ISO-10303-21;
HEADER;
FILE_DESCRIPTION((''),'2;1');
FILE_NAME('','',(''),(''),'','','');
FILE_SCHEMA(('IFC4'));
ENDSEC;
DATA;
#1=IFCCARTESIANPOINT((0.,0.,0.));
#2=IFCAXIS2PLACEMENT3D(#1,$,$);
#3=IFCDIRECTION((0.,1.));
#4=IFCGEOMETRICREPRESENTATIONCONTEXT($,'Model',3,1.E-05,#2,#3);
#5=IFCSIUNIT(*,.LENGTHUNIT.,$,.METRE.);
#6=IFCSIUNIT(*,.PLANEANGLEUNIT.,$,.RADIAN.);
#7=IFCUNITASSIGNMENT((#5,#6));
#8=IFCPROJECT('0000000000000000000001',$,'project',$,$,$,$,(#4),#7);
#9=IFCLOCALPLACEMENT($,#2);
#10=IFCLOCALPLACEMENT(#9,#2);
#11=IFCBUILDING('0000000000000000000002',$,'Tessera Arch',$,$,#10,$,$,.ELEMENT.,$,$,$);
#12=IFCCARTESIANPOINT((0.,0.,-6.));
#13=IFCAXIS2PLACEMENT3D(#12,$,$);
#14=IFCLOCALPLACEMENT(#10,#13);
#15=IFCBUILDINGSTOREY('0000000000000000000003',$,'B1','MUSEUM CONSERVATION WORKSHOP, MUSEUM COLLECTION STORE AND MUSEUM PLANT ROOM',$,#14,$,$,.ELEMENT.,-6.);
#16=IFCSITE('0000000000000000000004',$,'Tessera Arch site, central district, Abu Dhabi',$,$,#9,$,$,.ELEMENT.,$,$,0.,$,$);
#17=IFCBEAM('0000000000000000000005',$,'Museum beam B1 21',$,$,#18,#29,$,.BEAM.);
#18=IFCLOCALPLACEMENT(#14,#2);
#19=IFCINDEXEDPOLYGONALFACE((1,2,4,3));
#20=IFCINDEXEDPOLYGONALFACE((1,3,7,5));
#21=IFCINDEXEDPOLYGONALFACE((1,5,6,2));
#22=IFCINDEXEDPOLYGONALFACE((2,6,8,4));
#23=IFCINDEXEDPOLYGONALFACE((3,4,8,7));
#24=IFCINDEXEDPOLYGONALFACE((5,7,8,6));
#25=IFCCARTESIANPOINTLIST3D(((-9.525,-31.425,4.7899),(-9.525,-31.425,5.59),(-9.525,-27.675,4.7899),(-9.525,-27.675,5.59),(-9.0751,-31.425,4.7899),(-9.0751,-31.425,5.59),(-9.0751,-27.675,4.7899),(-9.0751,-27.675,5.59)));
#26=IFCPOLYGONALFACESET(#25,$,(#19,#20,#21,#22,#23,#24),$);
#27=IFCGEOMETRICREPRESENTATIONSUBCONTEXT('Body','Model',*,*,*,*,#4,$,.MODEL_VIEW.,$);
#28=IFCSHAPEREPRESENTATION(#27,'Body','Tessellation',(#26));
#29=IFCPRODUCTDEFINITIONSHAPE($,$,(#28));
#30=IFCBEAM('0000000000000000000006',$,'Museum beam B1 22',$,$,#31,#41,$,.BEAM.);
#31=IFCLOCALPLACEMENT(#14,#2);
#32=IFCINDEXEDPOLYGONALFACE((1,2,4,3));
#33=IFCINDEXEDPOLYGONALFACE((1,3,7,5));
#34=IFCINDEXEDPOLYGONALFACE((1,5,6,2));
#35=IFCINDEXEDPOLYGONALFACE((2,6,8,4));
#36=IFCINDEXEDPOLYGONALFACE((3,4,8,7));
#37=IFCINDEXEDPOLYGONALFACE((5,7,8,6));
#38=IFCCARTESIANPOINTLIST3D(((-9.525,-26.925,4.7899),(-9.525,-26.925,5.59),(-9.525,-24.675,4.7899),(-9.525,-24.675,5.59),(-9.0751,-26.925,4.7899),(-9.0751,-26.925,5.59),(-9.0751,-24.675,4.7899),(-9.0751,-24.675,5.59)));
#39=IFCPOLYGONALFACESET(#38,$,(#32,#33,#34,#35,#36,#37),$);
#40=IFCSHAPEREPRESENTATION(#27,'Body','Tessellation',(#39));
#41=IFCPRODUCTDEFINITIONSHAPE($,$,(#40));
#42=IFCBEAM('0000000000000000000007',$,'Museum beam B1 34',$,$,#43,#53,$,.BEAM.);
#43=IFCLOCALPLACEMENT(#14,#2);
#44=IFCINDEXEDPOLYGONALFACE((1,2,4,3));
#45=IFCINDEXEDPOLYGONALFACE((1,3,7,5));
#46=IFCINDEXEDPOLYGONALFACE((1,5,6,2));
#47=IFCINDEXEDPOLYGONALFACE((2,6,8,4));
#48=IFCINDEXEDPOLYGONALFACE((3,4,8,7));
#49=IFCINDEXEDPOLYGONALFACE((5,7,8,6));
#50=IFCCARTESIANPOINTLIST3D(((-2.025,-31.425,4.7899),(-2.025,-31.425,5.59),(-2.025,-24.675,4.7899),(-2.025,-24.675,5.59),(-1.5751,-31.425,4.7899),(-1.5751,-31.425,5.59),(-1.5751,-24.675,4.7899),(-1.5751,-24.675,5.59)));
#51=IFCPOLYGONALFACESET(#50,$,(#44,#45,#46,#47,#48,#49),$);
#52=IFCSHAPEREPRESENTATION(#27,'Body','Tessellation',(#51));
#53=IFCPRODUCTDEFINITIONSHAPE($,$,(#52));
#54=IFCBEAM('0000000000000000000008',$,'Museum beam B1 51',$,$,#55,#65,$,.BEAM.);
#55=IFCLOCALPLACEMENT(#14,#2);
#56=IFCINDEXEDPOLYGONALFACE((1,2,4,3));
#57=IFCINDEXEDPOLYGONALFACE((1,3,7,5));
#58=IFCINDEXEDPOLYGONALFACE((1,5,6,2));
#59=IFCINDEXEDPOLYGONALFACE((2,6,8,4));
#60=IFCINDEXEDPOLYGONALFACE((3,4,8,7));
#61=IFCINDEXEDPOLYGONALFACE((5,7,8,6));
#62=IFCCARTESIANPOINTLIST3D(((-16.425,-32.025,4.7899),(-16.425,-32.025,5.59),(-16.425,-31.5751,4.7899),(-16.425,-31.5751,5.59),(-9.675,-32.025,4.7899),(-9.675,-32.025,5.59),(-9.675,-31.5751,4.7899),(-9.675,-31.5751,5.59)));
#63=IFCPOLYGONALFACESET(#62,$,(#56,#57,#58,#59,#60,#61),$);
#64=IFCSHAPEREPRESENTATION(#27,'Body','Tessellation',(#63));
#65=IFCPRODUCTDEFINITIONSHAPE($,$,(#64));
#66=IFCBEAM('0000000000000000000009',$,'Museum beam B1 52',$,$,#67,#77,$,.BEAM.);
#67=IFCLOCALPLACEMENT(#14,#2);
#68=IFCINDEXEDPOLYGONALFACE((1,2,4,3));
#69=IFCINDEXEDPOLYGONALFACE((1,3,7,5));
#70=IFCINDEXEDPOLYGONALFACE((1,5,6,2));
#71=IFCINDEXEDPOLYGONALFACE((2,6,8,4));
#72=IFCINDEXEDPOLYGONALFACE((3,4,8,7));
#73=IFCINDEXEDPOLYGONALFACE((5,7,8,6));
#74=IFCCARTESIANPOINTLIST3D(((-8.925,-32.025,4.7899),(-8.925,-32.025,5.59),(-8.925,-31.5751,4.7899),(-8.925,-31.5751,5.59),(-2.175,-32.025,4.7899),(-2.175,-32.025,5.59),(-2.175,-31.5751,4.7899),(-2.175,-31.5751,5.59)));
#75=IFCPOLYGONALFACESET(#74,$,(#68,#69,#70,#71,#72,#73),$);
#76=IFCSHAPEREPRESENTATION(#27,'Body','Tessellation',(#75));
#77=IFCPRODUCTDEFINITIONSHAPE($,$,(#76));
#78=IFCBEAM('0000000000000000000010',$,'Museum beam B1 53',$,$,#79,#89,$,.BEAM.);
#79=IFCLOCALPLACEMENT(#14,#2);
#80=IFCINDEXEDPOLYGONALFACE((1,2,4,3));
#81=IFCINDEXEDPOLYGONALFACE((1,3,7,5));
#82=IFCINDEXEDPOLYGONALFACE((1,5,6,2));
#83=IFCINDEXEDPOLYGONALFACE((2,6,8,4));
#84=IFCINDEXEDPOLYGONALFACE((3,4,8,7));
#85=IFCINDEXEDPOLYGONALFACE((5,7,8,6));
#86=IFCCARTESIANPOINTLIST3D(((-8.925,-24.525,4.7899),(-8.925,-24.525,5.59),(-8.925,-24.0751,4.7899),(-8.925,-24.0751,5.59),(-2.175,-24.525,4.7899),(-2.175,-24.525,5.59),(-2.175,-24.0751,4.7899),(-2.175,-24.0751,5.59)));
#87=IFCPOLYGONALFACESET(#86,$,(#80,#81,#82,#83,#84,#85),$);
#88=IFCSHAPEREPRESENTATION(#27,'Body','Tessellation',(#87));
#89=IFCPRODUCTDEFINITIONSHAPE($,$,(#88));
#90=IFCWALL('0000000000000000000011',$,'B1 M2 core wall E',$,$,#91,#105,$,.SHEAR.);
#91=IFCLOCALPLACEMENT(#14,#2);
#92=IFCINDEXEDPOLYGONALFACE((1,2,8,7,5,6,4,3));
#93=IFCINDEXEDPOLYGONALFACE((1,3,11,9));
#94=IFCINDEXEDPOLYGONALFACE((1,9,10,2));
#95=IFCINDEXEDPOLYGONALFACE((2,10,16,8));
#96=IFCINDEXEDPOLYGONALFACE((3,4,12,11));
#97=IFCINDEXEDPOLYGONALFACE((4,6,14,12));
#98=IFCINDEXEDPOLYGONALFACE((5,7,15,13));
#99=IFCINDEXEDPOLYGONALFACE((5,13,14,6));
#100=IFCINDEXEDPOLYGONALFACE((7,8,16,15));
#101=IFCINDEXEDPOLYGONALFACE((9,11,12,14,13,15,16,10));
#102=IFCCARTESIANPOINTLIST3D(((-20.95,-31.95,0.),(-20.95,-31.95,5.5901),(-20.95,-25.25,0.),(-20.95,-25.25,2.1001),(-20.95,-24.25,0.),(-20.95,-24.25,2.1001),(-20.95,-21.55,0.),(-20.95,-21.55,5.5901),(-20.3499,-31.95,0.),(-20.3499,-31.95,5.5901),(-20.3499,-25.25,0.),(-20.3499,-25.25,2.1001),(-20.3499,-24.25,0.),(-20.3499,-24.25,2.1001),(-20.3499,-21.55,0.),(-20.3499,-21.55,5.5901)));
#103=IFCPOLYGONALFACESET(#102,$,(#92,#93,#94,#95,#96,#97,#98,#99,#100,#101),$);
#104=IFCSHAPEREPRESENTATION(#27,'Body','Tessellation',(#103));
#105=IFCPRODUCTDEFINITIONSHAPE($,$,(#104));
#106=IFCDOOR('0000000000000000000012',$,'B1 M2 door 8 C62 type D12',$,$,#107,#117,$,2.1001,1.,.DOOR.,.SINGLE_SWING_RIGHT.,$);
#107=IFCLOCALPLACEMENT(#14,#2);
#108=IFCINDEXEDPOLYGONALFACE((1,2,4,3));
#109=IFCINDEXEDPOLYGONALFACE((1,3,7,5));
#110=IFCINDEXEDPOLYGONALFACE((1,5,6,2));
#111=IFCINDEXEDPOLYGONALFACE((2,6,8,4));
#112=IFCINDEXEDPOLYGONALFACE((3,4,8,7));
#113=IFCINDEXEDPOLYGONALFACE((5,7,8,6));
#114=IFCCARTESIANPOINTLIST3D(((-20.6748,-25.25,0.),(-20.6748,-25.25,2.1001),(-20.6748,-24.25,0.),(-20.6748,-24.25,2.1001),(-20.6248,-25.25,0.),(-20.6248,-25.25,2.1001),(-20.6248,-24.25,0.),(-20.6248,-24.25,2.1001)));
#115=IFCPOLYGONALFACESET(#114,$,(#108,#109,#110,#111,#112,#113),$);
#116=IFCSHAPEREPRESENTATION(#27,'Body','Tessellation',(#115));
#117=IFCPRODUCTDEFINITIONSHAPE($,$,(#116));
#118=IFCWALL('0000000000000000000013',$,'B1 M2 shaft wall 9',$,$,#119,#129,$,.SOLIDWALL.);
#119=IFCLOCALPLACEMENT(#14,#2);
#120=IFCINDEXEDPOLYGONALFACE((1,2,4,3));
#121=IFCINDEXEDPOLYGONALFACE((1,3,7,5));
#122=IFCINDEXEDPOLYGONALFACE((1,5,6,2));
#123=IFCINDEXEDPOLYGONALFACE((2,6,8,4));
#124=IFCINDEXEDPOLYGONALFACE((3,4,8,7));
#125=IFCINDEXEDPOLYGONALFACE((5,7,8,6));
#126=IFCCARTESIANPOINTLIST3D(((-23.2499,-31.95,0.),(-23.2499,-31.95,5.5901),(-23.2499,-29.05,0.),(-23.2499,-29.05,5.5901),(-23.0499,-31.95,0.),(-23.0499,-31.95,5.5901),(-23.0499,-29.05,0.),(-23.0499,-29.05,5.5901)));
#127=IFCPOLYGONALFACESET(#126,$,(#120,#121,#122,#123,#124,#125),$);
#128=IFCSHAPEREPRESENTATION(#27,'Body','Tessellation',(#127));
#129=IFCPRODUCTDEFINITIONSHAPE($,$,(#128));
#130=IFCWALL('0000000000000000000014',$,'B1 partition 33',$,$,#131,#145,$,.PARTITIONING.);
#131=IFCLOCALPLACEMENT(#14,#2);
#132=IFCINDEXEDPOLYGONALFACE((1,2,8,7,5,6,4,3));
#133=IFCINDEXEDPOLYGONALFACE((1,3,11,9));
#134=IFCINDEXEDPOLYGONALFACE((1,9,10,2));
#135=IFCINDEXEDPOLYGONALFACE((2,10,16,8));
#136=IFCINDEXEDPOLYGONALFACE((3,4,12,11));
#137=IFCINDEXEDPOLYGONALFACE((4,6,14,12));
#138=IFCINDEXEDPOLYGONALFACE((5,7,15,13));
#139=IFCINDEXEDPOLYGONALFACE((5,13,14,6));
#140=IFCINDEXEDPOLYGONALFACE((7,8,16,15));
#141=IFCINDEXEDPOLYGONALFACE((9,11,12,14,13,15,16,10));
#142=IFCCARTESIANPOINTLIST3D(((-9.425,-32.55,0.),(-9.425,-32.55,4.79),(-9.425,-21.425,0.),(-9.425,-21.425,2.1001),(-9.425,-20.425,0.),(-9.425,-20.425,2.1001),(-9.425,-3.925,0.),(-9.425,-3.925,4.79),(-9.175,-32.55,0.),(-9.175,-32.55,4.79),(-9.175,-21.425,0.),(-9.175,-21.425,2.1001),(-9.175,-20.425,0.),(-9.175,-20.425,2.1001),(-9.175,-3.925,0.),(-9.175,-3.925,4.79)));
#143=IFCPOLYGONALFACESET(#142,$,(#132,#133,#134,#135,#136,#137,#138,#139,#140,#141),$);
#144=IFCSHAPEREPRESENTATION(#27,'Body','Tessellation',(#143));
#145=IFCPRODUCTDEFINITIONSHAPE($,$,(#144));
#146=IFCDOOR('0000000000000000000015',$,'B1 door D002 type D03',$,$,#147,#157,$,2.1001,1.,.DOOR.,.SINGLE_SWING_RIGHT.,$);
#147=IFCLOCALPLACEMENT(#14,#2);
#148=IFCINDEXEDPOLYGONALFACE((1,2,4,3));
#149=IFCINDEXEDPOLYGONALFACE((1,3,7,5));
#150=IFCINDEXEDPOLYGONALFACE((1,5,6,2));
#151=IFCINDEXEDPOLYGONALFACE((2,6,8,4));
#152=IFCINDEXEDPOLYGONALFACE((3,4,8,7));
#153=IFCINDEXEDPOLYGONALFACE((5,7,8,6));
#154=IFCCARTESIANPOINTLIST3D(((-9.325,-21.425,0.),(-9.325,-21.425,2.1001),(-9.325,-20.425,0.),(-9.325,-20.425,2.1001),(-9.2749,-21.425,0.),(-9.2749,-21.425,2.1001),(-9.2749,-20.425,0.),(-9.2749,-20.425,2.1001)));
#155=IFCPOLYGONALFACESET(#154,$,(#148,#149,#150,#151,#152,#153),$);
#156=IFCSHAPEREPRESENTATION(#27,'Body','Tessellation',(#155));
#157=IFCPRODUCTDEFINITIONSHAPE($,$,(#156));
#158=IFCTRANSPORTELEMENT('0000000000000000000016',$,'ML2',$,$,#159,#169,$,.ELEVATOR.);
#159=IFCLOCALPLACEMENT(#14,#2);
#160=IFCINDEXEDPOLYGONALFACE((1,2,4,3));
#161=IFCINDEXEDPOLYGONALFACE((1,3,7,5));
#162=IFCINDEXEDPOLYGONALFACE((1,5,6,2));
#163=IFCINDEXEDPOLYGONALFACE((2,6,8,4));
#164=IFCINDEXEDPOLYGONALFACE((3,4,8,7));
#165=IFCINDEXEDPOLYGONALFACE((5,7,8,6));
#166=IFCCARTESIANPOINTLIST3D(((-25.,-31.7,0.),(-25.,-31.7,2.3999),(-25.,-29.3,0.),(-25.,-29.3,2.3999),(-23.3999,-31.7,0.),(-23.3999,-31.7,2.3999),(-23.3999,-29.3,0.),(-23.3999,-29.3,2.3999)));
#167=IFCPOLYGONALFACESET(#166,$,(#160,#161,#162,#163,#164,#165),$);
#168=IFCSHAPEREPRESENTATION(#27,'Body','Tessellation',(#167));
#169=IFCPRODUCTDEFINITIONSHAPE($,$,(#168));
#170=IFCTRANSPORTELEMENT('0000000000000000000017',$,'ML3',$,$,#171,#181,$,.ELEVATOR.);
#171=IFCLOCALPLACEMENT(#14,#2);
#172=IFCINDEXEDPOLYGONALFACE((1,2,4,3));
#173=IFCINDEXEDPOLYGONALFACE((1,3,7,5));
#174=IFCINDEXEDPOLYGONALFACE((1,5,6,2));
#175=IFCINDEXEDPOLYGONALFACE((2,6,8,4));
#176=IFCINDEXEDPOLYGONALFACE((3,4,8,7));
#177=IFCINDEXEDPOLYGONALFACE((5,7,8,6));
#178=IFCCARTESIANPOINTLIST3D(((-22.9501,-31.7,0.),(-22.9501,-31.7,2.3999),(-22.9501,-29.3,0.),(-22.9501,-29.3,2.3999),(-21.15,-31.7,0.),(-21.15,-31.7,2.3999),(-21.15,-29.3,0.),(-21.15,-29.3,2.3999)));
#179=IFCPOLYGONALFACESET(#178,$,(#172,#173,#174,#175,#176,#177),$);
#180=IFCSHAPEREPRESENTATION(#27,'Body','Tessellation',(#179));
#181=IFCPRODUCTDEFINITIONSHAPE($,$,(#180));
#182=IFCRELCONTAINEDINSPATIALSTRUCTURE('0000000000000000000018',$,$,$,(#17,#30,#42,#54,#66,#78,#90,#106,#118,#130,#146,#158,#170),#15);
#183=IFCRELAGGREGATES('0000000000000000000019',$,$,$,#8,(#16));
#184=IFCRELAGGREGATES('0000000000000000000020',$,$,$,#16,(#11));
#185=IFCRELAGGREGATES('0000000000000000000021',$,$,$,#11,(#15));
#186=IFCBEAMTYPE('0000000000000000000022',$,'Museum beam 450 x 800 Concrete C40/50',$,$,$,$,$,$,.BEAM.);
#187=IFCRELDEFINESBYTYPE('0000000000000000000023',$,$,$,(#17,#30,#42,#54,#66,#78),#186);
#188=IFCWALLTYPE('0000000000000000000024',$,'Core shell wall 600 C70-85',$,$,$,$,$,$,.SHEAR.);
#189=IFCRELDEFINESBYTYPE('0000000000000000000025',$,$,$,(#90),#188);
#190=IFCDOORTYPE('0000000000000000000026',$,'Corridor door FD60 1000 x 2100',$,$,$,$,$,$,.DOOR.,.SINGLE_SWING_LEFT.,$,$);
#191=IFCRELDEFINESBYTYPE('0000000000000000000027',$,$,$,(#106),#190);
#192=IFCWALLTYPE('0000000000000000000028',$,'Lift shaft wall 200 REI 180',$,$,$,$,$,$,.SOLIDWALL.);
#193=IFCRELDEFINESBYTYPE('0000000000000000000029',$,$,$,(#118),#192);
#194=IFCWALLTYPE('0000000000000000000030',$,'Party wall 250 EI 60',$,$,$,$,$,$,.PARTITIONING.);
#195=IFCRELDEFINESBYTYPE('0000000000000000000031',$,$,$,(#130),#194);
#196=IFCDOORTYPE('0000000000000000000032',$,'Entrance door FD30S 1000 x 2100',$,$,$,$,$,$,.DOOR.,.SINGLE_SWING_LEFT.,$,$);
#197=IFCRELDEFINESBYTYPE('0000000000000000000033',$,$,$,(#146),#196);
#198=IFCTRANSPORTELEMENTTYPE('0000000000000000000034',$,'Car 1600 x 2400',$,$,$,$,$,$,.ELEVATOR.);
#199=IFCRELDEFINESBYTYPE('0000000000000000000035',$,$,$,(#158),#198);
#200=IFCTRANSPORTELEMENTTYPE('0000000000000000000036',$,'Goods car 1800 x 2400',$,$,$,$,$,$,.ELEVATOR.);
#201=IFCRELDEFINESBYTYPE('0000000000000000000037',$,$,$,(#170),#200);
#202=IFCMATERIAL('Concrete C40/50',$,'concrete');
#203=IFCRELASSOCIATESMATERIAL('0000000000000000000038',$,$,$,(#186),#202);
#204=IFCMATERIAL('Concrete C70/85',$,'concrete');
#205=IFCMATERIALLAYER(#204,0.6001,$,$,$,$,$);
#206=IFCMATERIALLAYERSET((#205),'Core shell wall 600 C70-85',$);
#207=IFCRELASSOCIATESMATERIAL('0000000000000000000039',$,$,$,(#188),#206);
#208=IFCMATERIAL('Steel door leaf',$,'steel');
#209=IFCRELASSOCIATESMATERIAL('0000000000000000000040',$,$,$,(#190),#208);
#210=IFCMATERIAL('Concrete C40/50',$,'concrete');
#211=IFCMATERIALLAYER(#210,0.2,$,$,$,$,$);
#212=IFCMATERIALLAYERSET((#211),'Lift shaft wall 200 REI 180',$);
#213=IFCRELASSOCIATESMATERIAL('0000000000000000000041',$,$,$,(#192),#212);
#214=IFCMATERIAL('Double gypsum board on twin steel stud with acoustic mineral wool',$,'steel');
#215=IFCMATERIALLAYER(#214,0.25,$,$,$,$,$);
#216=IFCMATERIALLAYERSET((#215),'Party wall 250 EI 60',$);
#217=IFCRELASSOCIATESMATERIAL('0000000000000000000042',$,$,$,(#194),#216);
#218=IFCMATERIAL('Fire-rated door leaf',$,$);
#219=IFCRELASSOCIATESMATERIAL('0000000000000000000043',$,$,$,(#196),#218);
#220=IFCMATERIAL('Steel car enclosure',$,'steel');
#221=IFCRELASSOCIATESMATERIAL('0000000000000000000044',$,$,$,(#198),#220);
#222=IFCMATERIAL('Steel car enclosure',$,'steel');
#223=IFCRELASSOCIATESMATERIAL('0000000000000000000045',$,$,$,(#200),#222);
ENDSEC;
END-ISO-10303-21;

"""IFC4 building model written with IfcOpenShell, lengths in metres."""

from ifc_helpers import new_model, si_unit, direction, frame, frame_2d, origin, origin_2d, place, context, subcontext, project, spatial, rectangle, extrude, material, layer, layer_set, material_profile, profile_set, type_object, element, fill, save


model = new_model("IFC4")

# Units and contexts
model_context = context("Model", 3, precision=1e-05, world=origin(), true_north=direction((0.0, 1.0)))
body_context = subcontext(model_context, "Body", "Model", "MODEL_VIEW")
ifc_project = project(units=[si_unit("LENGTHUNIT", "METRE"), si_unit("PLANEANGLEUNIT", "RADIAN")], contexts=[model_context])

# Site, building, storey
site_placement = place(None, origin())
site = spatial("IfcSite", under=ifc_project, at=site_placement, Name="Tessera Arch site, central district, Abu Dhabi", CompositionType="ELEMENT", RefElevation=0.0)
building_placement = place(site_placement, origin())
building = spatial("IfcBuilding", under=site, at=building_placement, Name="Tessera Arch", CompositionType="ELEMENT")
storey_placement = place(building_placement, frame((0.0, 0.0, -6.0)))
storey = spatial("IfcBuildingStorey", under=building, at=storey_placement, Name="B1", Description="MUSEUM CONSERVATION WORKSHOP, MUSEUM COLLECTION STORE AND MUSEUM PLANT ROOM", CompositionType="ELEMENT", Elevation=-6.0)

# Beams
ifc_material_1 = material(Name="Concrete C40/50", Category="concrete")
ifc_material_profile_1 = material_profile(ifc_material_1, rectangle(XDim=0.45, YDim=0.8, at=origin_2d()), Name="Museum beam 450 x 800 Concrete C40/50")
ifc_profile_set_1 = profile_set([ifc_material_profile_1], Name="Concrete C40/50")
beam_type = type_object("IfcBeamType", Name="Museum beam 450 x 800 Concrete C40/50", PredefinedType="BEAM", material=ifc_profile_set_1)
beam_1_placement = place(storey_placement, frame((-9.3, -31.425, 5.1899), z_axis=(0.0, 1.0, 0.0), x_axis=(-1.0, 0.0, 0.0)))
element("IfcBeam", 1, at=beam_1_placement, inside=storey, type_object=beam_type, Name="Museum beam B1 21", PredefinedType="BEAM", context=body_context, shape_type="SweptSolid", body=[
    extrude(rectangle(XDim=0.45, YDim=0.8, at=origin_2d()), origin(), (0.0, 0.0, 1.0), 3.75),
])
beam_2_placement = place(storey_placement, frame((-9.3, -26.925, 5.1899), z_axis=(0.0, 1.0, 0.0), x_axis=(-1.0, 0.0, 0.0)))
element("IfcBeam", 2, at=beam_2_placement, inside=storey, type_object=beam_type, Name="Museum beam B1 22", PredefinedType="BEAM", context=body_context, shape_type="SweptSolid", body=[
    extrude(rectangle(XDim=0.45, YDim=0.8, at=origin_2d()), origin(), (0.0, 0.0, 1.0), 2.25),
])
for number, where, z_axis, x_axis, name in (
    (3, (-1.8, -31.425, 5.1899), (0.0, 1.0, 0.0), (-1.0, 0.0, 0.0), "Museum beam B1 34"),
    (4, (-16.425, -31.8, 5.1899), (1.0, 0.0, 0.0), (0.0, 1.0, 0.0), "Museum beam B1 51"),
    (5, (-8.925, -31.8, 5.1899), (1.0, 0.0, 0.0), (0.0, 1.0, 0.0), "Museum beam B1 52"),
    (6, (-8.925, -24.3, 5.1899), (1.0, 0.0, 0.0), (0.0, 1.0, 0.0), "Museum beam B1 53"),
):
    element("IfcBeam", number, at=place(storey_placement, frame(where, z_axis=z_axis, x_axis=x_axis)), inside=storey, type_object=beam_type, Name=name, PredefinedType="BEAM", context=body_context, shape_type="SweptSolid", body=[
        extrude(rectangle(XDim=0.45, YDim=0.8, at=origin_2d()), origin(), (0.0, 0.0, 1.0), 6.75),
    ])

# Wall, opening, door
ifc_material_2 = material(Name="Concrete C70/85", Category="concrete")
ifc_layer_1 = layer(ifc_material_2, 0.6001)
ifc_layer_set_1 = layer_set([ifc_layer_1], Name="Core shell wall 600 C70-85")
wall_type_1 = type_object("IfcWallType", Name="Core shell wall 600 C70-85", PredefinedType="SHEAR", material=ifc_layer_set_1)
wall_1_placement = place(storey_placement, frame((-20.6499, -31.95, 0.0), z_axis=(0.0, 0.0, 1.0), x_axis=(0.0, 1.0, 0.0)))
wall_1 = element("IfcWall", 7, at=wall_1_placement, inside=storey, type_object=wall_type_1, Name="B1 M2 core wall E", PredefinedType="SHEAR", context=body_context, shape_type="SweptSolid", body=[
    extrude(rectangle(XDim=10.3999, YDim=0.6001, at=frame_2d((5.2, 0.0))), origin(), (0.0, 0.0, 1.0), 5.5901),
])
opening_1_placement = place(wall_1_placement, frame((6.7, 0.0, 0.0)))
opening_1 = element("IfcOpeningElement", 8, at=opening_1_placement, cuts=wall_1, PredefinedType="OPENING", context=body_context, shape_type="SweptSolid", body=[
    extrude(rectangle(XDim=1.0, YDim=2.1001, at=frame_2d((0.5, 1.05))), frame((0.0, 0.3101, 0.0), z_axis=(0.0, -1.0, 0.0), x_axis=(1.0, 0.0, 0.0)), (0.0, 0.0, 1.0), 0.6201),
])
ifc_material_3 = material(Name="Steel door leaf", Category="steel")
door_type_1 = type_object("IfcDoorType", Name="Corridor door FD60 1000 x 2100", OperationType="SINGLE_SWING_LEFT", PredefinedType="DOOR", material=ifc_material_3)
door_1_placement = place(opening_1_placement, origin())
door_1 = element("IfcDoor", 9, at=door_1_placement, inside=storey, type_object=door_type_1, Name="B1 M2 door 8 C62 type D12", OperationType="SINGLE_SWING_RIGHT", OverallHeight=2.1001, OverallWidth=1.0, PredefinedType="DOOR", context=body_context, shape_type="SweptSolid", body=[
    extrude(rectangle(XDim=1.0, YDim=2.1001, at=frame_2d((0.5, 1.05))), frame((0.0, 0.0249, 0.0), z_axis=(0.0, -1.0, 0.0), x_axis=(1.0, 0.0, 0.0)), (0.0, 0.0, 1.0), 0.05),
])
fill(opening_1, door_1)

# Wall
ifc_material_4 = material(Name="Concrete C40/50", Category="concrete")
ifc_layer_2 = layer(ifc_material_4, 0.2)
ifc_layer_set_2 = layer_set([ifc_layer_2], Name="Lift shaft wall 200 REI 180")
wall_type_2 = type_object("IfcWallType", Name="Lift shaft wall 200 REI 180", PredefinedType="SOLIDWALL", material=ifc_layer_set_2)
wall_2_placement = place(storey_placement, frame((-23.1499, -31.95, 0.0), z_axis=(0.0, 0.0, 1.0), x_axis=(0.0, 1.0, 0.0)))
element("IfcWall", 10, at=wall_2_placement, inside=storey, type_object=wall_type_2, Name="B1 M2 shaft wall 9", PredefinedType="SOLIDWALL", context=body_context, shape_type="SweptSolid", body=[
    extrude(rectangle(XDim=2.8999, YDim=0.2, at=frame_2d((1.45, 0.0))), origin(), (0.0, 0.0, 1.0), 5.5901),
])

# Wall, opening, door
ifc_material_5 = material(Name="Double gypsum board on twin steel stud with acoustic mineral wool", Category="steel")
ifc_layer_3 = layer(ifc_material_5, 0.25)
ifc_layer_set_3 = layer_set([ifc_layer_3], Name="Party wall 250 EI 60")
wall_type_3 = type_object("IfcWallType", Name="Party wall 250 EI 60", PredefinedType="PARTITIONING", material=ifc_layer_set_3)
wall_3_placement = place(storey_placement, frame((-9.3, -32.55, 0.0), z_axis=(0.0, 0.0, 1.0), x_axis=(0.0, 1.0, 0.0)))
wall_3 = element("IfcWall", 11, at=wall_3_placement, inside=storey, type_object=wall_type_3, Name="B1 partition 33", PredefinedType="PARTITIONING", context=body_context, shape_type="SweptSolid", body=[
    extrude(rectangle(XDim=28.625, YDim=0.25, at=frame_2d((14.3125, 0.0))), origin(), (0.0, 0.0, 1.0), 4.79),
])
opening_2_placement = place(wall_3_placement, frame((11.125, 0.0, 0.0)))
opening_2 = element("IfcOpeningElement", 12, at=opening_2_placement, cuts=wall_3, PredefinedType="OPENING", context=body_context, shape_type="SweptSolid", body=[
    extrude(rectangle(XDim=1.0, YDim=2.1001, at=frame_2d((0.5, 1.05))), frame((0.0, 0.135, 0.0), z_axis=(0.0, -1.0, 0.0), x_axis=(1.0, 0.0, 0.0)), (0.0, 0.0, 1.0), 0.27),
])
ifc_material_6 = material(Name="Fire-rated door leaf")
door_type_2 = type_object("IfcDoorType", Name="Entrance door FD30S 1000 x 2100", OperationType="SINGLE_SWING_LEFT", PredefinedType="DOOR", material=ifc_material_6)
door_2_placement = place(opening_2_placement, origin())
door_2 = element("IfcDoor", 13, at=door_2_placement, inside=storey, type_object=door_type_2, Name="B1 door D002 type D03", OperationType="SINGLE_SWING_RIGHT", OverallHeight=2.1001, OverallWidth=1.0, PredefinedType="DOOR", context=body_context, shape_type="SweptSolid", body=[
    extrude(rectangle(XDim=1.0, YDim=2.1001, at=frame_2d((0.5, 1.05))), frame((0.0, 0.0249, 0.0), z_axis=(0.0, -1.0, 0.0), x_axis=(1.0, 0.0, 0.0)), (0.0, 0.0, 1.0), 0.05),
])
fill(opening_2, door_2)

# Transport elements
ifc_material_7 = material(Name="Steel car enclosure", Category="steel")
transport_element_type_1 = type_object("IfcTransportElementType", Name="Car 1600 x 2400", PredefinedType="ELEVATOR", material=ifc_material_7)
transport_element_1_placement = place(storey_placement, frame((-24.2, -30.5, 0.0), z_axis=(0.0, 0.0, 1.0), x_axis=(1.0, 0.0, 0.0)))
element("IfcTransportElement", 14, at=transport_element_1_placement, inside=storey, type_object=transport_element_type_1, Name="ML2", PredefinedType="ELEVATOR", context=body_context, shape_type="SweptSolid", body=[
    extrude(rectangle(XDim=1.6001, YDim=2.3999, at=origin_2d()), origin(), (0.0, 0.0, 1.0), 2.3999),
])
ifc_material_8 = material(Name="Steel car enclosure", Category="steel")
transport_element_type_2 = type_object("IfcTransportElementType", Name="Goods car 1800 x 2400", PredefinedType="ELEVATOR", material=ifc_material_8)
transport_element_2_placement = place(storey_placement, frame((-22.05, -30.5, 0.0), z_axis=(0.0, 0.0, 1.0), x_axis=(1.0, 0.0, 0.0)))
element("IfcTransportElement", 15, at=transport_element_2_placement, inside=storey, type_object=transport_element_type_2, Name="ML3", PredefinedType="ELEVATOR", context=body_context, shape_type="SweptSolid", body=[
    extrude(rectangle(XDim=1.8, YDim=2.3999, at=origin_2d()), origin(), (0.0, 0.0, 1.0), 2.3999),
])

save(model, "model.ifc")
